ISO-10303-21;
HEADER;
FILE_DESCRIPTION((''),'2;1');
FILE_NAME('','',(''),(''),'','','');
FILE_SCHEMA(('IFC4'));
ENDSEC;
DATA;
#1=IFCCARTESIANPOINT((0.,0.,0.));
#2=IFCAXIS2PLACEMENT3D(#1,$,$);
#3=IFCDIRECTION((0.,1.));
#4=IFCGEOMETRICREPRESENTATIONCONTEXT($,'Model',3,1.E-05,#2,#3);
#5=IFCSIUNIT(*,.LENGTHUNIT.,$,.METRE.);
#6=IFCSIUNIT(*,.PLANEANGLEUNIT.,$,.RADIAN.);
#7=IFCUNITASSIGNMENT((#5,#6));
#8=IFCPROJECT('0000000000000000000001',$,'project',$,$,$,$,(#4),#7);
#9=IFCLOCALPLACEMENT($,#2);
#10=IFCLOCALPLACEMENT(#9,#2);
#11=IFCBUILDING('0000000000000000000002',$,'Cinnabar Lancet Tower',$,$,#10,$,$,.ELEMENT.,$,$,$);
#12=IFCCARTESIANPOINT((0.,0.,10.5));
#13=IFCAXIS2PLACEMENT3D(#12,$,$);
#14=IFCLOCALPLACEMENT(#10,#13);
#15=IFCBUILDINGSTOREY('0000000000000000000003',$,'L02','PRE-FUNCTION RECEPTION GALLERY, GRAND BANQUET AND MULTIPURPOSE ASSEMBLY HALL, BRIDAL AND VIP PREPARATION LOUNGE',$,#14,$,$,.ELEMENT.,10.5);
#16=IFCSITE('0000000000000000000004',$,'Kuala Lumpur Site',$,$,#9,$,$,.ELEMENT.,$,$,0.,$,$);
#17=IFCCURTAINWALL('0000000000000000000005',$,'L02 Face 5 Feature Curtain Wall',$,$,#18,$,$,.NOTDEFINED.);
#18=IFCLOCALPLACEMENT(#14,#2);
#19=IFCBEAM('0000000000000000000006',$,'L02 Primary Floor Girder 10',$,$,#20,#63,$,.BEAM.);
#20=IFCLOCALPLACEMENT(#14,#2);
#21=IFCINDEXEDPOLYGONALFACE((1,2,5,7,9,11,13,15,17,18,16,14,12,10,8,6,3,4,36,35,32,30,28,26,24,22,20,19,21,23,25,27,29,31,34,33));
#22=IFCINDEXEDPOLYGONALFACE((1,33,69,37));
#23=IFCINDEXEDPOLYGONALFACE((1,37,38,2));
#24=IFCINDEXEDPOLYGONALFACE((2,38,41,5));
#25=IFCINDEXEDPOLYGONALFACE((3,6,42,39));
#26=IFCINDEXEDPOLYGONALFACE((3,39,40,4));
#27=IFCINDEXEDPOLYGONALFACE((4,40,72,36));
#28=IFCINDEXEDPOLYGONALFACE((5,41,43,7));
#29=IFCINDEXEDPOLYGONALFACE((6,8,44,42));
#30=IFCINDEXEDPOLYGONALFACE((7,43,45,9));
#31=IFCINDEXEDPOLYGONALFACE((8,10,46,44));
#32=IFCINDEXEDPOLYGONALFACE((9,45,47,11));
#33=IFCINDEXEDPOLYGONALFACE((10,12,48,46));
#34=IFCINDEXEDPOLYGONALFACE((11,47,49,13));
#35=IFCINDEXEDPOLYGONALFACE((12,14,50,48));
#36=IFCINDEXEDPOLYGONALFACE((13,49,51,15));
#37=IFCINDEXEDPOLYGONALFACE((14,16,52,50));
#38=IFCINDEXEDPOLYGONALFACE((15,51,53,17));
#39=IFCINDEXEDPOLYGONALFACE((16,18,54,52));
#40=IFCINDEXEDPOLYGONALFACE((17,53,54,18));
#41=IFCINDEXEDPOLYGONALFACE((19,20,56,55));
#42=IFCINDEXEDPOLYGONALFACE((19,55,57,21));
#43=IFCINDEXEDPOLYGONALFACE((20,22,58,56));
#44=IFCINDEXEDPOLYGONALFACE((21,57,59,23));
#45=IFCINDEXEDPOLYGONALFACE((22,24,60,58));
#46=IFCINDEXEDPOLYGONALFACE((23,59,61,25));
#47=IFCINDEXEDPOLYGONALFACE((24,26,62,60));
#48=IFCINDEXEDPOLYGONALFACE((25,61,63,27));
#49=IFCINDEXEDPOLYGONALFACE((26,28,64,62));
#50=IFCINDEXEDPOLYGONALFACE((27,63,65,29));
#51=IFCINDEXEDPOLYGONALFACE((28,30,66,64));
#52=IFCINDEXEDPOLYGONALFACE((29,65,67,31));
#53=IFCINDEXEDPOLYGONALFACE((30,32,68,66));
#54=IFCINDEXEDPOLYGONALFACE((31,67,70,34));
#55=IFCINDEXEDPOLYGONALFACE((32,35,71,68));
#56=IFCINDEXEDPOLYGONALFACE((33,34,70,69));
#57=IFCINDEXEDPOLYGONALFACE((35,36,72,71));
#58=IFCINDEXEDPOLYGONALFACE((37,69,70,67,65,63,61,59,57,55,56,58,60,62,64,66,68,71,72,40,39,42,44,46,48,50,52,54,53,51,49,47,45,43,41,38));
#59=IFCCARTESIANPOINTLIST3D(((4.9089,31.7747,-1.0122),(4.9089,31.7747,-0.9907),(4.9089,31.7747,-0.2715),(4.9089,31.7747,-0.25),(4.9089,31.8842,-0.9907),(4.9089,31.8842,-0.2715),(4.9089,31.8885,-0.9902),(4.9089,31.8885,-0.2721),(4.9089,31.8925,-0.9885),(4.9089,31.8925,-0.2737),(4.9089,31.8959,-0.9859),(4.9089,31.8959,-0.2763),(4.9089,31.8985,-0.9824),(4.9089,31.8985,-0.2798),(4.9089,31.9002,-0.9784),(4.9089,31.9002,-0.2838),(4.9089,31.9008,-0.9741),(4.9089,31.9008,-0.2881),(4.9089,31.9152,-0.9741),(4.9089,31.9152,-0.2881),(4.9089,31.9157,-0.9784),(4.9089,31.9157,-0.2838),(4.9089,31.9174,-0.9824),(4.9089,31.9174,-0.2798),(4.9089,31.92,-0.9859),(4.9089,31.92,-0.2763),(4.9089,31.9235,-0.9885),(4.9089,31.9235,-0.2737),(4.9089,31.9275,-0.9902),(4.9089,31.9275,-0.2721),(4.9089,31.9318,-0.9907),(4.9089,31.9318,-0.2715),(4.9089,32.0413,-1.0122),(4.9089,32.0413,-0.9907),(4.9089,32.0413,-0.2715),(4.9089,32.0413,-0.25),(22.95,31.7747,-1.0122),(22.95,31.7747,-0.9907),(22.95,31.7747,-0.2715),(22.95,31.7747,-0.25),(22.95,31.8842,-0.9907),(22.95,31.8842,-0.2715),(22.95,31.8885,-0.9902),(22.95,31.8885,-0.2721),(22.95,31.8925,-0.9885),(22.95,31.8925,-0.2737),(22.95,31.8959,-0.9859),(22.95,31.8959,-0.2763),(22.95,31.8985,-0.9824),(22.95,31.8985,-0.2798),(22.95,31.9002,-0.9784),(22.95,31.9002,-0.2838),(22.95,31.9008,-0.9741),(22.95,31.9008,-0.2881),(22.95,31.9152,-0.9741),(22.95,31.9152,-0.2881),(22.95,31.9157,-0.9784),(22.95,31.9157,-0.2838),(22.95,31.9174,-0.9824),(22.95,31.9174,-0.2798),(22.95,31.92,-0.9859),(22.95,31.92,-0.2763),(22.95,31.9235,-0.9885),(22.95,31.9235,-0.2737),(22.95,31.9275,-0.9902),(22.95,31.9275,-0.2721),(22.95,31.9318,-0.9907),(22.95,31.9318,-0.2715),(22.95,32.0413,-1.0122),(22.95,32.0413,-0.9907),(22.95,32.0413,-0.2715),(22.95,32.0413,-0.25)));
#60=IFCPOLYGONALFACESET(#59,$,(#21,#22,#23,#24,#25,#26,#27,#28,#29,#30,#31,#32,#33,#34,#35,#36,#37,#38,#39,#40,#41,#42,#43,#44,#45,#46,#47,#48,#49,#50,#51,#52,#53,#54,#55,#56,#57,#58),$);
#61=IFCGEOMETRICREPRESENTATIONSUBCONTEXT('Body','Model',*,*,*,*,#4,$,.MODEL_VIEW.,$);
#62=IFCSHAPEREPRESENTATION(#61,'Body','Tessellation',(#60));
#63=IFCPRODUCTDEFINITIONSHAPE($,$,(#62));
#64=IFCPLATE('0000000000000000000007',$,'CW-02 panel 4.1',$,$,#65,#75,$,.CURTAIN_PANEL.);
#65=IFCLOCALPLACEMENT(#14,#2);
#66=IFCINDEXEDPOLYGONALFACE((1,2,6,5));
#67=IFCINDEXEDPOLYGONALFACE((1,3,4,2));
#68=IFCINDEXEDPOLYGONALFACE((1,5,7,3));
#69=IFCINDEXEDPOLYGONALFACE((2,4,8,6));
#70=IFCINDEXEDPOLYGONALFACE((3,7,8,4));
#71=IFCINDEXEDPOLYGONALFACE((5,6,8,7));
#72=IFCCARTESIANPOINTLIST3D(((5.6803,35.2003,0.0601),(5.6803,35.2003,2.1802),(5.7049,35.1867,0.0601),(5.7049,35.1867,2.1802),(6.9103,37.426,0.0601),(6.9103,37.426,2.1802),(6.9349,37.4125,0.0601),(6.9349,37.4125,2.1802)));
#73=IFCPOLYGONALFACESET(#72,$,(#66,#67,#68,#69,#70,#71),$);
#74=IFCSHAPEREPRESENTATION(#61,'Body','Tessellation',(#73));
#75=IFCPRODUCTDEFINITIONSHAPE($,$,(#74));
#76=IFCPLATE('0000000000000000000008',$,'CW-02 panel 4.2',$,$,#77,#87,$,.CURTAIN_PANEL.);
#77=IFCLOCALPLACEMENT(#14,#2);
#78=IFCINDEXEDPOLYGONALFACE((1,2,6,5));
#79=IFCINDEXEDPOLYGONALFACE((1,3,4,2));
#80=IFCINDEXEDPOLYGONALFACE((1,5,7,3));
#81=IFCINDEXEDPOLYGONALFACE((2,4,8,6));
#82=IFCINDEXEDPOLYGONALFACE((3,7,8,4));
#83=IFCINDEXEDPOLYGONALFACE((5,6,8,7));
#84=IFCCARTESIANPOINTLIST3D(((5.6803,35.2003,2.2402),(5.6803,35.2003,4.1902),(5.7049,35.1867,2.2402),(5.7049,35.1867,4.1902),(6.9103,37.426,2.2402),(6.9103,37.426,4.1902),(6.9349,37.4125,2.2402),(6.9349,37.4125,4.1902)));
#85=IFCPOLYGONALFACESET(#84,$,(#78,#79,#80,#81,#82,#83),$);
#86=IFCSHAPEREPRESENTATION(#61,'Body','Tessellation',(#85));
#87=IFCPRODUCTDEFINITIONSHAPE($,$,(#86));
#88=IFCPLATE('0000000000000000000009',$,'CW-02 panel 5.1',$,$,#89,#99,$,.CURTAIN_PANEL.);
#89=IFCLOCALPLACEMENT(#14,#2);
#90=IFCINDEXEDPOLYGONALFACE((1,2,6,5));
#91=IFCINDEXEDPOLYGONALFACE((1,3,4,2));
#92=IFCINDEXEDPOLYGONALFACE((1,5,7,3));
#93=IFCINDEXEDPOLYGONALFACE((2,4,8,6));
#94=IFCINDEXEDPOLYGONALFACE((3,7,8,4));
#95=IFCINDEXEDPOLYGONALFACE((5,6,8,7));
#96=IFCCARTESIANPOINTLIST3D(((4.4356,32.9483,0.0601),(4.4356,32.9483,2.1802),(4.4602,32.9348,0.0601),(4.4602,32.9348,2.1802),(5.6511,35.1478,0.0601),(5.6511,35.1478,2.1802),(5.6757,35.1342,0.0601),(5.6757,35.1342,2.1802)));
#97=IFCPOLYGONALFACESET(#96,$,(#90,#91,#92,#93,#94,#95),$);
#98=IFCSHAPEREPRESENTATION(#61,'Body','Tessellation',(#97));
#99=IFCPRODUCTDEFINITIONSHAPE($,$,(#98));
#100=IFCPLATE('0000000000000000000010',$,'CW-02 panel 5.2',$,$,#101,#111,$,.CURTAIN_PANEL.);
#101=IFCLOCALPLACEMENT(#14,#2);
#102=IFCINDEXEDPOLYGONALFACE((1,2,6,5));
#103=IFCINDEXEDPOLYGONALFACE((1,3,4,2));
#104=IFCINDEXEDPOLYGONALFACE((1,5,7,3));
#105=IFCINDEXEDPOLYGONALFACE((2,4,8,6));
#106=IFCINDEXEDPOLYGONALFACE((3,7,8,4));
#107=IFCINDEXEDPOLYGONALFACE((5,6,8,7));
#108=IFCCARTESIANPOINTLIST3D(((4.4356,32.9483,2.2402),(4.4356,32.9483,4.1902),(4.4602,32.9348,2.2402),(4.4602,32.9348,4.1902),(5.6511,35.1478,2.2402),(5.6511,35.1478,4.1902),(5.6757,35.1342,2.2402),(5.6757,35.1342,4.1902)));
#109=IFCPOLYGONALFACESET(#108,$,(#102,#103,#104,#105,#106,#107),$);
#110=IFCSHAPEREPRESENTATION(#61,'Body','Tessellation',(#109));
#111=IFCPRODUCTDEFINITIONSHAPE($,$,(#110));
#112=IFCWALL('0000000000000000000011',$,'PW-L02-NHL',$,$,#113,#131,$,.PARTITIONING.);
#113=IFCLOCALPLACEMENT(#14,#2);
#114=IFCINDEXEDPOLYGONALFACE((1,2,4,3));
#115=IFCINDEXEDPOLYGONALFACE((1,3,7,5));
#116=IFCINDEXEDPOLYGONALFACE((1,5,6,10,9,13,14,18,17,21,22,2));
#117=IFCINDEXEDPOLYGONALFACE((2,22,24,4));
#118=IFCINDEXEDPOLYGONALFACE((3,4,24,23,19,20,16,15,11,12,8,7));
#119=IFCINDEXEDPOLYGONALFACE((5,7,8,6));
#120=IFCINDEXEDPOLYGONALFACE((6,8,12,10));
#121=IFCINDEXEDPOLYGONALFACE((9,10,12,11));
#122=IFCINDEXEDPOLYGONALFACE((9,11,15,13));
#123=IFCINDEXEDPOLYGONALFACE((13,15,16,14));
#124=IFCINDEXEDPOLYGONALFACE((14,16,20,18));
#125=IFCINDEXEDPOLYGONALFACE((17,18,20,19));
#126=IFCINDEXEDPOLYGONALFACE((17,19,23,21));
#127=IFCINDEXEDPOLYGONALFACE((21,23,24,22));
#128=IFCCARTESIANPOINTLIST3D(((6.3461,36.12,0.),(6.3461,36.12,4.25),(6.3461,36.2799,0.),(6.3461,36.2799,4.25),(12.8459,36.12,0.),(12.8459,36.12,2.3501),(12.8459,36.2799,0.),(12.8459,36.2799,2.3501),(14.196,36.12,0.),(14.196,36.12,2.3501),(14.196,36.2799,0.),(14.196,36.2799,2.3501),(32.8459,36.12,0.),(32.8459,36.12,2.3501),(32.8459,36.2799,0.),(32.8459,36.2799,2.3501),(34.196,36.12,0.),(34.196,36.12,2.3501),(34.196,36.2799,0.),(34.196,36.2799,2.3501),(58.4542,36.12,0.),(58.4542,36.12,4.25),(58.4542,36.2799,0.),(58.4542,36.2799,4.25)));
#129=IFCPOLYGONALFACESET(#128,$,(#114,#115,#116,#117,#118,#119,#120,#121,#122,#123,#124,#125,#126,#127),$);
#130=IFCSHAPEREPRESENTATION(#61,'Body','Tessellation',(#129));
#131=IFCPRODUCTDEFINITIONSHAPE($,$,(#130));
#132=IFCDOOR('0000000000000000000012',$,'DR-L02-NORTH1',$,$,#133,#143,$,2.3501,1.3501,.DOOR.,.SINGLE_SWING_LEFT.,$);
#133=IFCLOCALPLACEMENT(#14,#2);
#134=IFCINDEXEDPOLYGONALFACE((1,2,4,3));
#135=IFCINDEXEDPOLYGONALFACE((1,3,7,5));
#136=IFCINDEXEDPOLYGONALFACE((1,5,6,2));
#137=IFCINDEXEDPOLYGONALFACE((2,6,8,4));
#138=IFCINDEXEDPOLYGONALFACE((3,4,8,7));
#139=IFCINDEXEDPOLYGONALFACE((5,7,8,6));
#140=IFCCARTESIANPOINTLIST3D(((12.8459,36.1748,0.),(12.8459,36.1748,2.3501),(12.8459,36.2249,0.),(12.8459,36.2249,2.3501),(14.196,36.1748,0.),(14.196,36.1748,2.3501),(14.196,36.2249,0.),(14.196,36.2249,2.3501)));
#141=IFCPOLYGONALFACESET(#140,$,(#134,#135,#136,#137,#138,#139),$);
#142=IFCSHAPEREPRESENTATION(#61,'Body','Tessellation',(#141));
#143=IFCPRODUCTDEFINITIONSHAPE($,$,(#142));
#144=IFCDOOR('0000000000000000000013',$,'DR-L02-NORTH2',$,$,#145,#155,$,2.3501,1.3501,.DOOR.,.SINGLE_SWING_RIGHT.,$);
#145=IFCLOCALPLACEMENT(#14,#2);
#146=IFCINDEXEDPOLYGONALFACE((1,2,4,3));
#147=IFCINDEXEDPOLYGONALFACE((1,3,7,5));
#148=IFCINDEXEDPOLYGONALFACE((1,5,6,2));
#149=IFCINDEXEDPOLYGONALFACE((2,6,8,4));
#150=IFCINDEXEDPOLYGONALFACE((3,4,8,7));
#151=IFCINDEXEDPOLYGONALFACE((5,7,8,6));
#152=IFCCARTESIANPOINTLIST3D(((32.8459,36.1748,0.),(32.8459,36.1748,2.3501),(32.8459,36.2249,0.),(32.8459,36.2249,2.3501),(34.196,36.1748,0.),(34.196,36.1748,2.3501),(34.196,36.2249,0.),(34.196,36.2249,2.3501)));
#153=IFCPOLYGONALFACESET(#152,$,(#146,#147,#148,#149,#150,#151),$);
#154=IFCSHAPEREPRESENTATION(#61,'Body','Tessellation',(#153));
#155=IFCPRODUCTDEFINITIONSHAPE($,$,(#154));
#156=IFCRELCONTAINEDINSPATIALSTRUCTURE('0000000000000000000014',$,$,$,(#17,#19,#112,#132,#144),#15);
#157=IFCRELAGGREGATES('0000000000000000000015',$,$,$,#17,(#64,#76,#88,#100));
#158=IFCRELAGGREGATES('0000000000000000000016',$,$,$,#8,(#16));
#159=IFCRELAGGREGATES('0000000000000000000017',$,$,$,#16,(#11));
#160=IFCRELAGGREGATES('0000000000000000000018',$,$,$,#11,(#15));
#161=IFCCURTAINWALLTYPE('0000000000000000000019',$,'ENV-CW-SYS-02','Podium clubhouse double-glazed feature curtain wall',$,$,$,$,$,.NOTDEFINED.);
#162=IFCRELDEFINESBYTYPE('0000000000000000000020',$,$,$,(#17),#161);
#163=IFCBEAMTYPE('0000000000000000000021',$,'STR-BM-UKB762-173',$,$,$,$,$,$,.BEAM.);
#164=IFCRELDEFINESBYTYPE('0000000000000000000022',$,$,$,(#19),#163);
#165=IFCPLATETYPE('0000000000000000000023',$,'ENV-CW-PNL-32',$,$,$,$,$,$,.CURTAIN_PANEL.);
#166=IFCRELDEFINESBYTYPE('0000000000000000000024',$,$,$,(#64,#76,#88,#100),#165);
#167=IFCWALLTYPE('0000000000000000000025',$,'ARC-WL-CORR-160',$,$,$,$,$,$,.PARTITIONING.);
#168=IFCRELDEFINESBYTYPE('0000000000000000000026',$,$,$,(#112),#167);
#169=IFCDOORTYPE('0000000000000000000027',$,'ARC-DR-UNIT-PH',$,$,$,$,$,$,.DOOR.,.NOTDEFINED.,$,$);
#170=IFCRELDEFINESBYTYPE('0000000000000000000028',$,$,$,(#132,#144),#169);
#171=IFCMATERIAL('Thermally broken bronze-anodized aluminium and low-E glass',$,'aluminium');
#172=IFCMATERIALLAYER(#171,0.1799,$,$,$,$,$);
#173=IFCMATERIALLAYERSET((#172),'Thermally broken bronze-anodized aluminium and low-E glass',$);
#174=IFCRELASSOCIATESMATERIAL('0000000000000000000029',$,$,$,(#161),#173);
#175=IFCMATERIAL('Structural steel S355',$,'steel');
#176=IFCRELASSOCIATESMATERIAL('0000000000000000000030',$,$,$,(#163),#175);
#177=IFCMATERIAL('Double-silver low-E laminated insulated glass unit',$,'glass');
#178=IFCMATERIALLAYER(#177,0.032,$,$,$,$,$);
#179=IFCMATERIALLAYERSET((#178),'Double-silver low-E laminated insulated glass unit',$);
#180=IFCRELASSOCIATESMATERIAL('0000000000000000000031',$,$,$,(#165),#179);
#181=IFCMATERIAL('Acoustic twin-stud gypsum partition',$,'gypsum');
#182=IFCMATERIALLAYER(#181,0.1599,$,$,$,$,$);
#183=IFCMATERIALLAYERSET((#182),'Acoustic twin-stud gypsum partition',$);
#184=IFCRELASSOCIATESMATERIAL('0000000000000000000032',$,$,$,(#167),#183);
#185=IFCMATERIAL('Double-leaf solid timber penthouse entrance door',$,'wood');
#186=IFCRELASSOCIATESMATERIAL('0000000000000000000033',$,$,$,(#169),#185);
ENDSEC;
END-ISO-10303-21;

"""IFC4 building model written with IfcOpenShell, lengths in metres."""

from ifc_helpers import new_model, si_unit, direction, frame, frame_2d, origin, origin_2d, place, context, subcontext, project, spatial, rectangle, i_section, extrude, material, layer, layer_set, material_profile, profile_set, type_object, element, fill, aggregate, save


model = new_model("IFC4")

# Units and contexts
model_context = context("Model", 3, precision=1e-05, world=origin(), true_north=direction((0.0, 1.0)))
body_context = subcontext(model_context, "Body", "Model", "MODEL_VIEW")
ifc_project = project(units=[si_unit("LENGTHUNIT", "METRE"), si_unit("PLANEANGLEUNIT", "RADIAN")], contexts=[model_context])

# Site, building, storey
site_placement = place(None, origin())
site = spatial("IfcSite", under=ifc_project, at=site_placement, Name="Kuala Lumpur Site", CompositionType="ELEMENT", RefElevation=0.0)
building_placement = place(site_placement, origin())
building = spatial("IfcBuilding", under=site, at=building_placement, Name="Cinnabar Lancet Tower", CompositionType="ELEMENT")
storey_placement = place(building_placement, frame((0.0, 0.0, 10.5)))
storey = spatial("IfcBuildingStorey", under=building, at=storey_placement, Name="L02", Description="PRE-FUNCTION RECEPTION GALLERY, GRAND BANQUET AND MULTIPURPOSE ASSEMBLY HALL, BRIDAL AND VIP PREPARATION LOUNGE", CompositionType="ELEMENT", Elevation=10.5)

# Curtain wall
ifc_material_1 = material(Name="Thermally broken bronze-anodized aluminium and low-E glass", Category="aluminium")
ifc_layer_1 = layer(ifc_material_1, 0.1799)
ifc_layer_set_1 = layer_set([ifc_layer_1], Name="Thermally broken bronze-anodized aluminium and low-E glass")
curtain_wall_type = type_object("IfcCurtainWallType", Name="ENV-CW-SYS-02", Description="Podium clubhouse double-glazed feature curtain wall", PredefinedType="NOTDEFINED", material=ifc_layer_set_1)
curtain_wall_placement = place(storey_placement, origin())
curtain_wall = element("IfcCurtainWall", 1, at=curtain_wall_placement, inside=storey, type_object=curtain_wall_type, Name="L02 Face 5 Feature Curtain Wall", PredefinedType="NOTDEFINED")

# Beam
ifc_material_2 = material(Name="Structural steel S355", Category="steel")
ifc_material_profile_1 = material_profile(ifc_material_2, i_section(OverallWidth=0.2666, OverallDepth=0.7622, WebThickness=0.0144, FlangeThickness=0.0215, FilletRadius=0.0166, at=origin_2d()), Name="UKB 762x267x173")
ifc_profile_set_1 = profile_set([ifc_material_profile_1], Name="Structural steel S355")
beam_type_1 = type_object("IfcBeamType", Name="STR-BM-UKB762-173", PredefinedType="BEAM", material=ifc_profile_set_1)
beam_1_placement = place(storey_placement, frame((4.9089, 31.908, -0.6311), z_axis=(1.0, 0.0, 0.0), x_axis=(0.0, 1.0, 0.0)))
element("IfcBeam", 2, at=beam_1_placement, inside=storey, type_object=beam_type_1, Name="L02 Primary Floor Girder 10", PredefinedType="BEAM", context=body_context, shape_type="SweptSolid", body=[
    extrude(i_section(OverallWidth=0.2666, OverallDepth=0.7622, WebThickness=0.0144, FlangeThickness=0.0215, FilletRadius=0.0166, at=origin_2d()), origin(), (0.0, 0.0, 1.0), 18.041),
])

# Plates
ifc_material_3 = material(Name="Double-silver low-E laminated insulated glass unit", Category="glass")
ifc_layer_2 = layer(ifc_material_3, 0.032)
ifc_layer_set_2 = layer_set([ifc_layer_2], Name="Double-silver low-E laminated insulated glass unit")
plate_type = type_object("IfcPlateType", Name="ENV-CW-PNL-32", PredefinedType="CURTAIN_PANEL", material=ifc_layer_set_2)
plate_1_placement = place(storey_placement, frame((6.3076, 36.3064, 0.0601), z_axis=(0.0, 0.0, 1.0), x_axis=(-0.483685, -0.875242, 0.0)))
plate_1 = element("IfcPlate", 3, at=plate_1_placement, type_object=plate_type, Name="CW-02 panel 4.1", PredefinedType="CURTAIN_PANEL", context=body_context, shape_type="SweptSolid", body=[
    extrude(rectangle(XDim=2.543, YDim=0.0281, at=origin_2d()), origin(), (0.0, 0.0, 1.0), 2.1201),
])
plate_2_placement = place(storey_placement, frame((6.3076, 36.3064, 2.2402), z_axis=(0.0, 0.0, 1.0), x_axis=(-0.483685, -0.875242, 0.0)))
plate_2 = element("IfcPlate", 4, at=plate_2_placement, type_object=plate_type, Name="CW-02 panel 4.2", PredefinedType="CURTAIN_PANEL", context=body_context, shape_type="SweptSolid", body=[
    extrude(rectangle(XDim=2.543, YDim=0.0281, at=origin_2d()), origin(), (0.0, 0.0, 1.0), 1.95),
])
plate_3_placement = place(storey_placement, frame((5.0557, 34.0413, 0.0601), z_axis=(0.0, 0.0, 1.0), x_axis=(-0.483685, -0.875242, 0.0)))
plate_3 = element("IfcPlate", 5, at=plate_3_placement, type_object=plate_type, Name="CW-02 panel 5.1", PredefinedType="CURTAIN_PANEL", context=body_context, shape_type="SweptSolid", body=[
    extrude(rectangle(XDim=2.5129, YDim=0.0281, at=origin_2d()), origin(), (0.0, 0.0, 1.0), 2.1201),
])
plate_4_placement = place(storey_placement, frame((5.0557, 34.0413, 2.2402), z_axis=(0.0, 0.0, 1.0), x_axis=(-0.483685, -0.875242, 0.0)))
plate_4 = element("IfcPlate", 6, at=plate_4_placement, type_object=plate_type, Name="CW-02 panel 5.2", PredefinedType="CURTAIN_PANEL", context=body_context, shape_type="SweptSolid", body=[
    extrude(rectangle(XDim=2.5129, YDim=0.0281, at=origin_2d()), origin(), (0.0, 0.0, 1.0), 1.95),
])
aggregate(curtain_wall, [plate_1, plate_2, plate_3, plate_4])

# Wall, openings, doors
ifc_material_4 = material(Name="Acoustic twin-stud gypsum partition", Category="gypsum")
ifc_layer_3 = layer(ifc_material_4, 0.1599)
ifc_layer_set_3 = layer_set([ifc_layer_3], Name="Acoustic twin-stud gypsum partition")
wall_type_1 = type_object("IfcWallType", Name="ARC-WL-CORR-160", PredefinedType="PARTITIONING", material=ifc_layer_set_3)
wall_1_placement = place(storey_placement, frame((6.3459, 36.2, 0.0), z_axis=(0.0, 0.0, 1.0), x_axis=(1.0, 0.0, 0.0)))
wall_1 = element("IfcWall", 7, at=wall_1_placement, inside=storey, type_object=wall_type_1, Name="PW-L02-NHL", PredefinedType="PARTITIONING", context=body_context, shape_type="SweptSolid", body=[
    extrude(rectangle(XDim=52.1082, YDim=0.1599, at=frame_2d((26.0542, 0.0))), origin(), (0.0, 0.0, 1.0), 4.25),
])
opening_1_placement = place(wall_1_placement, frame((6.5, 0.0, 0.0)))
opening_1 = element("IfcOpeningElement", 8, at=opening_1_placement, cuts=wall_1, PredefinedType="OPENING", context=body_context, shape_type="SweptSolid", body=[
    extrude(rectangle(XDim=1.3501, YDim=2.3501, at=frame_2d((0.675, 1.175))), frame((0.0, 0.0898, 0.0), z_axis=(0.0, -1.0, 0.0), x_axis=(1.0, 0.0, 0.0)), (0.0, 0.0, 1.0), 0.1799),
])
opening_2_placement = place(wall_1_placement, frame((26.5, 0.0, 0.0)))
opening_2 = element("IfcOpeningElement", 9, at=opening_2_placement, cuts=wall_1, PredefinedType="OPENING", context=body_context, shape_type="SweptSolid", body=[
    extrude(rectangle(XDim=1.3501, YDim=2.3501, at=frame_2d((0.675, 1.175))), frame((0.0, 0.0898, 0.0), z_axis=(0.0, -1.0, 0.0), x_axis=(1.0, 0.0, 0.0)), (0.0, 0.0, 1.0), 0.1799),
])
ifc_material_5 = material(Name="Double-leaf solid timber penthouse entrance door", Category="wood")
door_type = type_object("IfcDoorType", Name="ARC-DR-UNIT-PH", OperationType="NOTDEFINED", PredefinedType="DOOR", material=ifc_material_5)
door_1_placement = place(opening_1_placement, origin())
door_1 = element("IfcDoor", 10, at=door_1_placement, inside=storey, type_object=door_type, Name="DR-L02-NORTH1", OperationType="SINGLE_SWING_LEFT", OverallHeight=2.3501, OverallWidth=1.3501, PredefinedType="DOOR", context=body_context, shape_type="SweptSolid", body=[
    extrude(rectangle(XDim=1.3501, YDim=2.3501, at=frame_2d((0.675, 1.175))), frame((0.0, 0.0249, 0.0), z_axis=(0.0, -1.0, 0.0), x_axis=(1.0, 0.0, 0.0)), (0.0, 0.0, 1.0), 0.05),
])
fill(opening_1, door_1)
door_2_placement = place(opening_2_placement, origin())
door_2 = element("IfcDoor", 11, at=door_2_placement, inside=storey, type_object=door_type, Name="DR-L02-NORTH2", OperationType="SINGLE_SWING_RIGHT", OverallHeight=2.3501, OverallWidth=1.3501, PredefinedType="DOOR", context=body_context, shape_type="SweptSolid", body=[
    extrude(rectangle(XDim=1.3501, YDim=2.3501, at=frame_2d((0.675, 1.175))), frame((0.0, 0.0249, 0.0), z_axis=(0.0, -1.0, 0.0), x_axis=(1.0, 0.0, 0.0)), (0.0, 0.0, 1.0), 0.05),
])
fill(opening_2, door_2)

save(model, "model.ifc")
